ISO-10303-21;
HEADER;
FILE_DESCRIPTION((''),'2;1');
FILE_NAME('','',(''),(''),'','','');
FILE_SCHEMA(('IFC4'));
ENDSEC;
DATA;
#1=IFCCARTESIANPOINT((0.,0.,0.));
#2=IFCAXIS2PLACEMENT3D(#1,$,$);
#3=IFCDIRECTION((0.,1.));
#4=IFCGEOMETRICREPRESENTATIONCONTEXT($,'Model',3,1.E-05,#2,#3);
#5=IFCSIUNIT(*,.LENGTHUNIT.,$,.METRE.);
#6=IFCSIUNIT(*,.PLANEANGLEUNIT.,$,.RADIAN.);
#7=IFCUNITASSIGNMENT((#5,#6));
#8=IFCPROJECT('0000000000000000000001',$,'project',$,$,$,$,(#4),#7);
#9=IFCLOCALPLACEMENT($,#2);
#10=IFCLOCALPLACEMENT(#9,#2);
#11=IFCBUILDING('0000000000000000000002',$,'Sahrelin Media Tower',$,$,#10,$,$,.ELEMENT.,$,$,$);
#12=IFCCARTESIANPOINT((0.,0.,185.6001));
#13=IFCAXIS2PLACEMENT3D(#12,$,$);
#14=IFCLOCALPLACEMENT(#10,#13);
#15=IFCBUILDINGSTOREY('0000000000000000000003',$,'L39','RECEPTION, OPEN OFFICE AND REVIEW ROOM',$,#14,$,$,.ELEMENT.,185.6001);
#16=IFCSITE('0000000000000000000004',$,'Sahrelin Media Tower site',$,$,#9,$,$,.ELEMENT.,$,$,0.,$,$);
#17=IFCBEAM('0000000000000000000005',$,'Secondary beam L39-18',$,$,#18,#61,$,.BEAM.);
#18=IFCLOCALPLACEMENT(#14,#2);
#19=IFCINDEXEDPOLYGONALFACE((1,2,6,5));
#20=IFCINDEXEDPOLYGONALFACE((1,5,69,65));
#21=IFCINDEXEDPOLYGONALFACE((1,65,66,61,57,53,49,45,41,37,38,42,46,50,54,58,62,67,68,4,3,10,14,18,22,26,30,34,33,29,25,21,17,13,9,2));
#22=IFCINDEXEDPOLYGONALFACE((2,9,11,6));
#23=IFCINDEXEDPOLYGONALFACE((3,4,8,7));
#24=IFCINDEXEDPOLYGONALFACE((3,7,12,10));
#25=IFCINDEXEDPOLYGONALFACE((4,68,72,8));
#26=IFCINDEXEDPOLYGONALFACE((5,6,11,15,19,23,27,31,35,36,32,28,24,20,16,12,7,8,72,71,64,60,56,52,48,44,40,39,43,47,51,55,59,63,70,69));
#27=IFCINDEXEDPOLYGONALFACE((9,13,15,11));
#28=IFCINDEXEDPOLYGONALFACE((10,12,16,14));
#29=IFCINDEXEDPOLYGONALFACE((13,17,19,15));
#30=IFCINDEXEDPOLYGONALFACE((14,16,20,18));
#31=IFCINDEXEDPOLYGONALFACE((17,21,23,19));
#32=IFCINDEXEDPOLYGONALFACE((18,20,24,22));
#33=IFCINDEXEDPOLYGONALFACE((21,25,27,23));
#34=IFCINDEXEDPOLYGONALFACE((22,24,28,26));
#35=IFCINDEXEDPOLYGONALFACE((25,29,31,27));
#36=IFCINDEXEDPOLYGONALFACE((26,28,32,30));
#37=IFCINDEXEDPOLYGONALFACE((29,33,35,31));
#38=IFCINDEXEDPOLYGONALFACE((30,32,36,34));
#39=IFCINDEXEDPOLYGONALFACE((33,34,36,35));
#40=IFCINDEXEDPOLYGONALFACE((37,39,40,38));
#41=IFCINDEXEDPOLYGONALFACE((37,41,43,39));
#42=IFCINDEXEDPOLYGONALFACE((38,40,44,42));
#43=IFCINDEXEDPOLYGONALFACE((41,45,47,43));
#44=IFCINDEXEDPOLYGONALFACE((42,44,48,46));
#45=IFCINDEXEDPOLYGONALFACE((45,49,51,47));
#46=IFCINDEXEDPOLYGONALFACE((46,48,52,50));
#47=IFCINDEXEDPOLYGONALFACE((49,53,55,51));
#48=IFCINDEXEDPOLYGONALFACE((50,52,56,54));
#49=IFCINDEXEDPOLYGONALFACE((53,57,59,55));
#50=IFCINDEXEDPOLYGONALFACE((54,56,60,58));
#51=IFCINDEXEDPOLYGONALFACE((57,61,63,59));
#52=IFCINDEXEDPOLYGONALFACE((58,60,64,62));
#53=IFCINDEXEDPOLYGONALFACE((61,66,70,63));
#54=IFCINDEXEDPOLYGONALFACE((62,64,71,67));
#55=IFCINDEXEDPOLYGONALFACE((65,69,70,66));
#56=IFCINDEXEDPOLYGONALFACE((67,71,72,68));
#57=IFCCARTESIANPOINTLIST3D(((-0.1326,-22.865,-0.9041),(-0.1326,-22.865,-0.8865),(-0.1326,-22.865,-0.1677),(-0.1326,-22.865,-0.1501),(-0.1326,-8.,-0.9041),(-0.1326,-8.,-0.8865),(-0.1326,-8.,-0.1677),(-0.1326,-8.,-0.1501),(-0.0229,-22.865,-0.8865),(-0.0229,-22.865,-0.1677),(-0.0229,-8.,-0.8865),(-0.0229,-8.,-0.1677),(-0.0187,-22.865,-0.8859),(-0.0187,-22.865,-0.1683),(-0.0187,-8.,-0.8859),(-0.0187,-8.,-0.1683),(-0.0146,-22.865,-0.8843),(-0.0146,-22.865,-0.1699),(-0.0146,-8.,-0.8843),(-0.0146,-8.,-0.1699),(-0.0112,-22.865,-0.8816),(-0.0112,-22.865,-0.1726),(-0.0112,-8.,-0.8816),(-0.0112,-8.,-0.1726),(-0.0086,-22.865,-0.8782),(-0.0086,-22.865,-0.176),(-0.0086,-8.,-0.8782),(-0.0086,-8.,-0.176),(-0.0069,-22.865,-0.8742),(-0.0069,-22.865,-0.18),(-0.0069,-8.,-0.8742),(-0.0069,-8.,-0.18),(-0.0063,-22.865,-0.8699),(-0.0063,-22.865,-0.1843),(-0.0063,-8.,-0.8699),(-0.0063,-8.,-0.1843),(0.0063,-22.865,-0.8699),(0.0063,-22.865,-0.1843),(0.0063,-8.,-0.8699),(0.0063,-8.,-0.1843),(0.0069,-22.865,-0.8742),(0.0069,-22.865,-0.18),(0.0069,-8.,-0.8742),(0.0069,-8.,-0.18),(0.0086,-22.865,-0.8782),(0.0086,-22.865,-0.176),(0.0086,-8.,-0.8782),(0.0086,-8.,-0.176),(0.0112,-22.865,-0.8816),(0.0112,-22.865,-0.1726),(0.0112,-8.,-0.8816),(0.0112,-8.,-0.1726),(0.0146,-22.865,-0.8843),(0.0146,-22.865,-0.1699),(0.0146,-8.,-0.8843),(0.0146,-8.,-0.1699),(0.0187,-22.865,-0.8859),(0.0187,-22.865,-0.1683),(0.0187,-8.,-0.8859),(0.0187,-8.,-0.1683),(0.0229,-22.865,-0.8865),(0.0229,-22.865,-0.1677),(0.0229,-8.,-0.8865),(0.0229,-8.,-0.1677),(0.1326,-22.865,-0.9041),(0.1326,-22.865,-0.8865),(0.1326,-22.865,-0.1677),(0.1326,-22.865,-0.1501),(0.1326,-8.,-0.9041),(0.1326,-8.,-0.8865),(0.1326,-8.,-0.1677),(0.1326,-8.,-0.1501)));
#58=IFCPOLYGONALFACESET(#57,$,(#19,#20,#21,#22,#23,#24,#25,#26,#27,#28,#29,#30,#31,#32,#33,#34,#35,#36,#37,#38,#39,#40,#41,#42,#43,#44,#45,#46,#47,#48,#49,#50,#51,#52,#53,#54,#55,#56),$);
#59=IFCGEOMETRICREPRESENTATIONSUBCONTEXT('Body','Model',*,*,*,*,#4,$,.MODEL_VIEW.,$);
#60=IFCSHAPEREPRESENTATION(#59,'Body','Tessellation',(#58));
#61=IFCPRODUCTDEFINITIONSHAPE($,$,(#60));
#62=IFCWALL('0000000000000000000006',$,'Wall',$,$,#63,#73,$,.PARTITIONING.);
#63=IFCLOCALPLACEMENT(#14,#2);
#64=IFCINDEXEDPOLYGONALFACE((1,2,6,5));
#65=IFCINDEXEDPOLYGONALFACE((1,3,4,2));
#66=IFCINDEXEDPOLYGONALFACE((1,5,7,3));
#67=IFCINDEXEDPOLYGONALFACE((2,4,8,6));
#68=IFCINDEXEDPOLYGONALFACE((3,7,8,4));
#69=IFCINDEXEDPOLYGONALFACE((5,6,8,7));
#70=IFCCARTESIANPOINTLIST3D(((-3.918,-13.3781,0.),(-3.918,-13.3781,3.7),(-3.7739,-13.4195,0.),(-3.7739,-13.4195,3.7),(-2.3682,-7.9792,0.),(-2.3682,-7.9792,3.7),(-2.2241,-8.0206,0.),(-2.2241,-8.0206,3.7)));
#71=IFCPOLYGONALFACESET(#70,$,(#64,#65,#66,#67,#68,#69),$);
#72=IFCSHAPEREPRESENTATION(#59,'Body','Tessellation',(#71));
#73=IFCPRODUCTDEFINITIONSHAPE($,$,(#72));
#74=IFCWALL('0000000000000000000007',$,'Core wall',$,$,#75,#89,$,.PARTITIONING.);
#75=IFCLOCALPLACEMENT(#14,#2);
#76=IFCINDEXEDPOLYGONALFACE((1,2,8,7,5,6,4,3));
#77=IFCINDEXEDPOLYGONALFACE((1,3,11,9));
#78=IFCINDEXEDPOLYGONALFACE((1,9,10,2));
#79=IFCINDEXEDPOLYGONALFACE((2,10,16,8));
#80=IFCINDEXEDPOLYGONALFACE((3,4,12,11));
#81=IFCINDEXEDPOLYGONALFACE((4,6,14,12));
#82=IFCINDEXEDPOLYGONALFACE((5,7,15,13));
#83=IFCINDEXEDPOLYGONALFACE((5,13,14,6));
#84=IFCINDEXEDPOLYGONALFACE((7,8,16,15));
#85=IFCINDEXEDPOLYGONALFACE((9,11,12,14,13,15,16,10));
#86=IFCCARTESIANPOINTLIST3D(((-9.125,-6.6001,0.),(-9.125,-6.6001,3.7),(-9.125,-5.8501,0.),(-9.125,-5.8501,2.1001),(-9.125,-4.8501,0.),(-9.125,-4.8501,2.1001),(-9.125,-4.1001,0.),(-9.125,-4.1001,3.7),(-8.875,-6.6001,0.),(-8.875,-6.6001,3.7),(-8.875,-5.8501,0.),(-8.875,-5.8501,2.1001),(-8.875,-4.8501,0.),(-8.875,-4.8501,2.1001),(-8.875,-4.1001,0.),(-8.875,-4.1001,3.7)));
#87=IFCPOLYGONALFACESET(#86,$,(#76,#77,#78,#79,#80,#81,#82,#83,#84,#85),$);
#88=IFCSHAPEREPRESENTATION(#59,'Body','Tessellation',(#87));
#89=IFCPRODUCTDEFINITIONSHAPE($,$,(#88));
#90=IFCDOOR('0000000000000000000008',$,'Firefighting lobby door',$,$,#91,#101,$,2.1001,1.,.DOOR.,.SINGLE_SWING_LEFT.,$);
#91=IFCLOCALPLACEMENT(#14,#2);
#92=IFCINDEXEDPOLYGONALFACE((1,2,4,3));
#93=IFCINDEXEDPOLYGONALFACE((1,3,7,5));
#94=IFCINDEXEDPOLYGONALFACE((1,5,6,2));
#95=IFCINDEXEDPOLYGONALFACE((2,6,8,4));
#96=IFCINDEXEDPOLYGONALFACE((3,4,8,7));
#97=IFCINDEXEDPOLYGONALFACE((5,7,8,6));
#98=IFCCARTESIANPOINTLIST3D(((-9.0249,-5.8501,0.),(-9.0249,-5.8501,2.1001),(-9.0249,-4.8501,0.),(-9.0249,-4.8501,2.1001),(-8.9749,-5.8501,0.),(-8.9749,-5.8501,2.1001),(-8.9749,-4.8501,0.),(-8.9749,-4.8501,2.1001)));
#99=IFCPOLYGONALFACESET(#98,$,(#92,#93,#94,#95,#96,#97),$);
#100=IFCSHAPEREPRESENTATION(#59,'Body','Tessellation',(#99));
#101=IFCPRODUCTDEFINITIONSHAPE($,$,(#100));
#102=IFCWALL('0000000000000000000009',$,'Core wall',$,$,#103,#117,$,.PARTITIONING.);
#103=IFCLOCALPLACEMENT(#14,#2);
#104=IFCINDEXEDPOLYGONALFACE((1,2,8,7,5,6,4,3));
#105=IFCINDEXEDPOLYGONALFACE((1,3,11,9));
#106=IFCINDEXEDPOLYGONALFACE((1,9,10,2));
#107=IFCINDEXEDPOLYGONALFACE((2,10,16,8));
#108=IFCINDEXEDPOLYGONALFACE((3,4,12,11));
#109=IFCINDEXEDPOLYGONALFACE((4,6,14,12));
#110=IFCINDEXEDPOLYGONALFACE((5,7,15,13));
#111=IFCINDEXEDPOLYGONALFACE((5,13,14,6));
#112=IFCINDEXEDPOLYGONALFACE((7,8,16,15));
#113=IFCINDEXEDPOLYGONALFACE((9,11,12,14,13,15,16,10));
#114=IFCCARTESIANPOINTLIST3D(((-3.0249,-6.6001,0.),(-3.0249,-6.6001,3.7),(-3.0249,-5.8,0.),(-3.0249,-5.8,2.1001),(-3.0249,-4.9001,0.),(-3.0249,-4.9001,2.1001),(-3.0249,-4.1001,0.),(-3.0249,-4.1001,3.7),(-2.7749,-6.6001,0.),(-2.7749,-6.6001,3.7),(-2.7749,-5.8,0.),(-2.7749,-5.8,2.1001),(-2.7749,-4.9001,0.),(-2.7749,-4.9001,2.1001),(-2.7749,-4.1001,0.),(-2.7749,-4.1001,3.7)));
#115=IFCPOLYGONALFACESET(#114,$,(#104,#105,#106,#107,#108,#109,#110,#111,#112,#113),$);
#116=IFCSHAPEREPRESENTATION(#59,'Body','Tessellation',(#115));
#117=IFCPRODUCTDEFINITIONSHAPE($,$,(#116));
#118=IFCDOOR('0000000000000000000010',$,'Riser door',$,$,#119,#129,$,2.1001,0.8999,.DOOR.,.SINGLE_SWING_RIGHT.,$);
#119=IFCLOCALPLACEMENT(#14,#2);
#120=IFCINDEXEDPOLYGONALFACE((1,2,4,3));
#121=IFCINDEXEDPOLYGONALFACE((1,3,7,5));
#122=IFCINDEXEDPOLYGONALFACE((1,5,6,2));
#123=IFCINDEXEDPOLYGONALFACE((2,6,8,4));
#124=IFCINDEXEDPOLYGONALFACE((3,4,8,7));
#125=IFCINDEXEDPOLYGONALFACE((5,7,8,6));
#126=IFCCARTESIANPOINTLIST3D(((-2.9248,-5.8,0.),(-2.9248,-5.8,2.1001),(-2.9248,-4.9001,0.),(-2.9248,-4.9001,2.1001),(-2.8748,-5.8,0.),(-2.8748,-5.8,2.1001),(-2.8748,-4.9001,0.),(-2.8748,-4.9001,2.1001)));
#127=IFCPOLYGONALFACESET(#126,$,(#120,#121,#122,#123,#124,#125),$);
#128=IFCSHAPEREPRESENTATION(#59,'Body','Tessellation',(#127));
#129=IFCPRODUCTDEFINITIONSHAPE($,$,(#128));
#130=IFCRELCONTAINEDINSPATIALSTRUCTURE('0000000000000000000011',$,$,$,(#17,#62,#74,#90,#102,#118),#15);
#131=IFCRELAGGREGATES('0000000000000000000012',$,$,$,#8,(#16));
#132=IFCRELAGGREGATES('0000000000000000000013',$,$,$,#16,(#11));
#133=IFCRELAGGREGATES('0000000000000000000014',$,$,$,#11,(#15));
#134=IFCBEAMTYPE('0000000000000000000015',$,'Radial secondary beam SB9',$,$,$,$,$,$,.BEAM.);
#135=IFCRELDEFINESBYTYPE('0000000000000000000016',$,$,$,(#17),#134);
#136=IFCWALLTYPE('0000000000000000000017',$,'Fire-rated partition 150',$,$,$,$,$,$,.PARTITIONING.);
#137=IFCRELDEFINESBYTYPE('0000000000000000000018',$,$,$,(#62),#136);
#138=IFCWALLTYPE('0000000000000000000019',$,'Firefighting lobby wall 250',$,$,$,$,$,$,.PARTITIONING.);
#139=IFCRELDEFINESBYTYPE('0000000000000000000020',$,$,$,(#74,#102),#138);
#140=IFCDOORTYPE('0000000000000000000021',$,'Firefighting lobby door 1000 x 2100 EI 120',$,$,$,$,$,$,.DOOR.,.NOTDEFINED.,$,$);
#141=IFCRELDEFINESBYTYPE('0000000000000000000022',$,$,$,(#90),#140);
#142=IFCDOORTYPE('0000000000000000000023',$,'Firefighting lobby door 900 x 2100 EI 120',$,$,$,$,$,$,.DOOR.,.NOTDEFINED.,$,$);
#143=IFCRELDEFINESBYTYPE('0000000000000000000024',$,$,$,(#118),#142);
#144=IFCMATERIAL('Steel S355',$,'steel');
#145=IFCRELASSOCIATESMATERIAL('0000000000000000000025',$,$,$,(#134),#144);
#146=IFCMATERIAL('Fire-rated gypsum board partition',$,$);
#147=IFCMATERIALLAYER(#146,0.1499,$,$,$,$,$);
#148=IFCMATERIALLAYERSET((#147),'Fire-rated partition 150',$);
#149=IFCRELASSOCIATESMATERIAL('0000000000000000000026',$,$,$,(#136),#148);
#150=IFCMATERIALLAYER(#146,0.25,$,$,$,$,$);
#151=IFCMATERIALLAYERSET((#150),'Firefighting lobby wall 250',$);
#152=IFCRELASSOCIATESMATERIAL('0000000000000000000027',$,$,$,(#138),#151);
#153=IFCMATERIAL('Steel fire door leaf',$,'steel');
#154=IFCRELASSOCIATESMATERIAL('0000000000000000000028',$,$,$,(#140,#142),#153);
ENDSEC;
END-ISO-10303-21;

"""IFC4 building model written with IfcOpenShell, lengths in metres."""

from ifc_helpers import new_model, si_unit, direction, frame, frame_2d, origin, origin_2d, place, context, subcontext, project, spatial, rectangle, i_section, extrude, material, layer, layer_set, material_profile, profile_set, type_object, element, fill, save


model = new_model("IFC4")

# Units and contexts
model_context = context("Model", 3, precision=1e-05, world=origin(), true_north=direction((0.0, 1.0)))
body_context = subcontext(model_context, "Body", "Model", "MODEL_VIEW")
ifc_project = project(units=[si_unit("LENGTHUNIT", "METRE"), si_unit("PLANEANGLEUNIT", "RADIAN")], contexts=[model_context])

# Site, building, storey
site_placement = place(None, origin())
site = spatial("IfcSite", under=ifc_project, at=site_placement, Name="Sahrelin Media Tower site", CompositionType="ELEMENT", RefElevation=0.0)
building_placement = place(site_placement, origin())
building = spatial("IfcBuilding", under=site, at=building_placement, Name="Sahrelin Media Tower", CompositionType="ELEMENT")
storey_placement = place(building_placement, frame((0.0, 0.0, 185.6001)))
storey = spatial("IfcBuildingStorey", under=building, at=storey_placement, Name="L39", Description="RECEPTION, OPEN OFFICE AND REVIEW ROOM", CompositionType="ELEMENT", Elevation=185.6001)

# Beam
ifc_material_1 = material(Name="Steel S355", Category="steel")
ifc_material_profile_1 = material_profile(ifc_material_1, i_section(OverallWidth=0.2651, OverallDepth=0.7539, WebThickness=0.0127, FlangeThickness=0.0176, FilletRadius=0.0166, at=origin_2d()), Name="UB 762x267x147")
ifc_profile_set_1 = profile_set([ifc_material_profile_1], Name="Steel S355")
beam_type_1 = type_object("IfcBeamType", Name="Radial secondary beam SB9", PredefinedType="BEAM", material=ifc_profile_set_1)
beam_1_placement = place(storey_placement, frame((0.0, -8.0, -0.5271), z_axis=(0.0, -1.0, 0.0), x_axis=(1.0, 0.0, 0.0)))
element("IfcBeam", 1, at=beam_1_placement, inside=storey, type_object=beam_type_1, Name="Secondary beam L39-18", PredefinedType="BEAM", context=body_context, shape_type="SweptSolid", body=[
    extrude(i_section(OverallWidth=0.2651, OverallDepth=0.7539, WebThickness=0.0127, FlangeThickness=0.0176, FilletRadius=0.0166, at=origin_2d()), origin(), (0.0, 0.0, 1.0), 14.865),
])

# Wall
ifc_material_2 = material(Name="Fire-rated gypsum board partition")
ifc_layer_1 = layer(ifc_material_2, 0.1499)
ifc_layer_set_1 = layer_set([ifc_layer_1], Name="Fire-rated partition 150")
wall_type_1 = type_object("IfcWallType", Name="Fire-rated partition 150", PredefinedType="PARTITIONING", material=ifc_layer_set_1)
wall_1_placement = place(storey_placement, frame((-3.8459, -13.3989, 0.0), z_axis=(0.0, 0.0, 1.0), x_axis=(0.275915, 0.961182, 0.0)))
element("IfcWall", 2, at=wall_1_placement, inside=storey, type_object=wall_type_1, Name="Wall", PredefinedType="PARTITIONING", context=body_context, shape_type="SweptSolid", body=[
    extrude(rectangle(XDim=5.6169, YDim=0.1499, at=frame_2d((2.8086, 0.0))), origin(), (0.0, 0.0, 1.0), 3.7),
])

# Walls, openings, doors
ifc_layer_2 = layer(ifc_material_2, 0.25)
ifc_layer_set_2 = layer_set([ifc_layer_2], Name="Firefighting lobby wall 250")
wall_type_2 = type_object("IfcWallType", Name="Firefighting lobby wall 250", PredefinedType="PARTITIONING", material=ifc_layer_set_2)
wall_2_placement = place(storey_placement, frame((-9.0, -6.6001, 0.0), z_axis=(0.0, 0.0, 1.0), x_axis=(0.0, 1.0, 0.0)))
wall_2 = element("IfcWall", 3, at=wall_2_placement, inside=storey, type_object=wall_type_2, Name="Core wall", PredefinedType="PARTITIONING", context=body_context, shape_type="SweptSolid", body=[
    extrude(rectangle(XDim=2.5, YDim=0.25, at=frame_2d((1.25, 0.0))), origin(), (0.0, 0.0, 1.0), 3.7),
])
opening_1_placement = place(wall_2_placement, frame((0.75, 0.0, 0.0)))
opening_1 = element("IfcOpeningElement", 4, at=opening_1_placement, cuts=wall_2, PredefinedType="OPENING", context=body_context, shape_type="SweptSolid", body=[
    extrude(rectangle(XDim=1.0, YDim=2.1001, at=frame_2d((0.5, 1.05))), frame((0.0, 0.125, 0.0), z_axis=(0.0, -1.0, 0.0), x_axis=(1.0, 0.0, 0.0)), (0.0, 0.0, 1.0), 0.25),
])
ifc_material_3 = material(Name="Steel fire door leaf", Category="steel")
door_type_1 = type_object("IfcDoorType", Name="Firefighting lobby door 1000 x 2100 EI 120", OperationType="NOTDEFINED", PredefinedType="DOOR", material=ifc_material_3)
door_1_placement = place(opening_1_placement, origin())
door_1 = element("IfcDoor", 5, at=door_1_placement, inside=storey, type_object=door_type_1, Name="Firefighting lobby door", OperationType="SINGLE_SWING_LEFT", OverallHeight=2.1001, OverallWidth=1.0, PredefinedType="DOOR", context=body_context, shape_type="SweptSolid", body=[
    extrude(rectangle(XDim=1.0, YDim=2.1001, at=frame_2d((0.5, 1.05))), frame((0.0, 0.0249, 0.0), z_axis=(0.0, -1.0, 0.0), x_axis=(1.0, 0.0, 0.0)), (0.0, 0.0, 1.0), 0.05),
])
fill(opening_1, door_1)
wall_3_placement = place(storey_placement, frame((-2.8999, -6.6001, 0.0), z_axis=(0.0, 0.0, 1.0), x_axis=(0.0, 1.0, 0.0)))
wall_3 = element("IfcWall", 6, at=wall_3_placement, inside=storey, type_object=wall_type_2, Name="Core wall", PredefinedType="PARTITIONING", context=body_context, shape_type="SweptSolid", body=[
    extrude(rectangle(XDim=2.5, YDim=0.25, at=frame_2d((1.25, 0.0))), origin(), (0.0, 0.0, 1.0), 3.7),
])
opening_2_placement = place(wall_3_placement, frame((0.8, 0.0, 0.0)))
opening_2 = element("IfcOpeningElement", 7, at=opening_2_placement, cuts=wall_3, PredefinedType="OPENING", context=body_context, shape_type="SweptSolid", body=[
    extrude(rectangle(XDim=0.8999, YDim=2.1001, at=frame_2d((0.45, 1.05))), frame((0.0, 0.125, 0.0), z_axis=(0.0, -1.0, 0.0), x_axis=(1.0, 0.0, 0.0)), (0.0, 0.0, 1.0), 0.25),
])
door_type_2 = type_object("IfcDoorType", Name="Firefighting lobby door 900 x 2100 EI 120", OperationType="NOTDEFINED", PredefinedType="DOOR", material=ifc_material_3)
door_2_placement = place(opening_2_placement, origin())
door_2 = element("IfcDoor", 8, at=door_2_placement, inside=storey, type_object=door_type_2, Name="Riser door", OperationType="SINGLE_SWING_RIGHT", OverallHeight=2.1001, OverallWidth=0.8999, PredefinedType="DOOR", context=body_context, shape_type="SweptSolid", body=[
    extrude(rectangle(XDim=0.8999, YDim=2.1001, at=frame_2d((0.45, 1.05))), frame((0.0, 0.0249, 0.0), z_axis=(0.0, -1.0, 0.0), x_axis=(1.0, 0.0, 0.0)), (0.0, 0.0, 1.0), 0.05),
])
fill(opening_2, door_2)

save(model, "model.ifc")
